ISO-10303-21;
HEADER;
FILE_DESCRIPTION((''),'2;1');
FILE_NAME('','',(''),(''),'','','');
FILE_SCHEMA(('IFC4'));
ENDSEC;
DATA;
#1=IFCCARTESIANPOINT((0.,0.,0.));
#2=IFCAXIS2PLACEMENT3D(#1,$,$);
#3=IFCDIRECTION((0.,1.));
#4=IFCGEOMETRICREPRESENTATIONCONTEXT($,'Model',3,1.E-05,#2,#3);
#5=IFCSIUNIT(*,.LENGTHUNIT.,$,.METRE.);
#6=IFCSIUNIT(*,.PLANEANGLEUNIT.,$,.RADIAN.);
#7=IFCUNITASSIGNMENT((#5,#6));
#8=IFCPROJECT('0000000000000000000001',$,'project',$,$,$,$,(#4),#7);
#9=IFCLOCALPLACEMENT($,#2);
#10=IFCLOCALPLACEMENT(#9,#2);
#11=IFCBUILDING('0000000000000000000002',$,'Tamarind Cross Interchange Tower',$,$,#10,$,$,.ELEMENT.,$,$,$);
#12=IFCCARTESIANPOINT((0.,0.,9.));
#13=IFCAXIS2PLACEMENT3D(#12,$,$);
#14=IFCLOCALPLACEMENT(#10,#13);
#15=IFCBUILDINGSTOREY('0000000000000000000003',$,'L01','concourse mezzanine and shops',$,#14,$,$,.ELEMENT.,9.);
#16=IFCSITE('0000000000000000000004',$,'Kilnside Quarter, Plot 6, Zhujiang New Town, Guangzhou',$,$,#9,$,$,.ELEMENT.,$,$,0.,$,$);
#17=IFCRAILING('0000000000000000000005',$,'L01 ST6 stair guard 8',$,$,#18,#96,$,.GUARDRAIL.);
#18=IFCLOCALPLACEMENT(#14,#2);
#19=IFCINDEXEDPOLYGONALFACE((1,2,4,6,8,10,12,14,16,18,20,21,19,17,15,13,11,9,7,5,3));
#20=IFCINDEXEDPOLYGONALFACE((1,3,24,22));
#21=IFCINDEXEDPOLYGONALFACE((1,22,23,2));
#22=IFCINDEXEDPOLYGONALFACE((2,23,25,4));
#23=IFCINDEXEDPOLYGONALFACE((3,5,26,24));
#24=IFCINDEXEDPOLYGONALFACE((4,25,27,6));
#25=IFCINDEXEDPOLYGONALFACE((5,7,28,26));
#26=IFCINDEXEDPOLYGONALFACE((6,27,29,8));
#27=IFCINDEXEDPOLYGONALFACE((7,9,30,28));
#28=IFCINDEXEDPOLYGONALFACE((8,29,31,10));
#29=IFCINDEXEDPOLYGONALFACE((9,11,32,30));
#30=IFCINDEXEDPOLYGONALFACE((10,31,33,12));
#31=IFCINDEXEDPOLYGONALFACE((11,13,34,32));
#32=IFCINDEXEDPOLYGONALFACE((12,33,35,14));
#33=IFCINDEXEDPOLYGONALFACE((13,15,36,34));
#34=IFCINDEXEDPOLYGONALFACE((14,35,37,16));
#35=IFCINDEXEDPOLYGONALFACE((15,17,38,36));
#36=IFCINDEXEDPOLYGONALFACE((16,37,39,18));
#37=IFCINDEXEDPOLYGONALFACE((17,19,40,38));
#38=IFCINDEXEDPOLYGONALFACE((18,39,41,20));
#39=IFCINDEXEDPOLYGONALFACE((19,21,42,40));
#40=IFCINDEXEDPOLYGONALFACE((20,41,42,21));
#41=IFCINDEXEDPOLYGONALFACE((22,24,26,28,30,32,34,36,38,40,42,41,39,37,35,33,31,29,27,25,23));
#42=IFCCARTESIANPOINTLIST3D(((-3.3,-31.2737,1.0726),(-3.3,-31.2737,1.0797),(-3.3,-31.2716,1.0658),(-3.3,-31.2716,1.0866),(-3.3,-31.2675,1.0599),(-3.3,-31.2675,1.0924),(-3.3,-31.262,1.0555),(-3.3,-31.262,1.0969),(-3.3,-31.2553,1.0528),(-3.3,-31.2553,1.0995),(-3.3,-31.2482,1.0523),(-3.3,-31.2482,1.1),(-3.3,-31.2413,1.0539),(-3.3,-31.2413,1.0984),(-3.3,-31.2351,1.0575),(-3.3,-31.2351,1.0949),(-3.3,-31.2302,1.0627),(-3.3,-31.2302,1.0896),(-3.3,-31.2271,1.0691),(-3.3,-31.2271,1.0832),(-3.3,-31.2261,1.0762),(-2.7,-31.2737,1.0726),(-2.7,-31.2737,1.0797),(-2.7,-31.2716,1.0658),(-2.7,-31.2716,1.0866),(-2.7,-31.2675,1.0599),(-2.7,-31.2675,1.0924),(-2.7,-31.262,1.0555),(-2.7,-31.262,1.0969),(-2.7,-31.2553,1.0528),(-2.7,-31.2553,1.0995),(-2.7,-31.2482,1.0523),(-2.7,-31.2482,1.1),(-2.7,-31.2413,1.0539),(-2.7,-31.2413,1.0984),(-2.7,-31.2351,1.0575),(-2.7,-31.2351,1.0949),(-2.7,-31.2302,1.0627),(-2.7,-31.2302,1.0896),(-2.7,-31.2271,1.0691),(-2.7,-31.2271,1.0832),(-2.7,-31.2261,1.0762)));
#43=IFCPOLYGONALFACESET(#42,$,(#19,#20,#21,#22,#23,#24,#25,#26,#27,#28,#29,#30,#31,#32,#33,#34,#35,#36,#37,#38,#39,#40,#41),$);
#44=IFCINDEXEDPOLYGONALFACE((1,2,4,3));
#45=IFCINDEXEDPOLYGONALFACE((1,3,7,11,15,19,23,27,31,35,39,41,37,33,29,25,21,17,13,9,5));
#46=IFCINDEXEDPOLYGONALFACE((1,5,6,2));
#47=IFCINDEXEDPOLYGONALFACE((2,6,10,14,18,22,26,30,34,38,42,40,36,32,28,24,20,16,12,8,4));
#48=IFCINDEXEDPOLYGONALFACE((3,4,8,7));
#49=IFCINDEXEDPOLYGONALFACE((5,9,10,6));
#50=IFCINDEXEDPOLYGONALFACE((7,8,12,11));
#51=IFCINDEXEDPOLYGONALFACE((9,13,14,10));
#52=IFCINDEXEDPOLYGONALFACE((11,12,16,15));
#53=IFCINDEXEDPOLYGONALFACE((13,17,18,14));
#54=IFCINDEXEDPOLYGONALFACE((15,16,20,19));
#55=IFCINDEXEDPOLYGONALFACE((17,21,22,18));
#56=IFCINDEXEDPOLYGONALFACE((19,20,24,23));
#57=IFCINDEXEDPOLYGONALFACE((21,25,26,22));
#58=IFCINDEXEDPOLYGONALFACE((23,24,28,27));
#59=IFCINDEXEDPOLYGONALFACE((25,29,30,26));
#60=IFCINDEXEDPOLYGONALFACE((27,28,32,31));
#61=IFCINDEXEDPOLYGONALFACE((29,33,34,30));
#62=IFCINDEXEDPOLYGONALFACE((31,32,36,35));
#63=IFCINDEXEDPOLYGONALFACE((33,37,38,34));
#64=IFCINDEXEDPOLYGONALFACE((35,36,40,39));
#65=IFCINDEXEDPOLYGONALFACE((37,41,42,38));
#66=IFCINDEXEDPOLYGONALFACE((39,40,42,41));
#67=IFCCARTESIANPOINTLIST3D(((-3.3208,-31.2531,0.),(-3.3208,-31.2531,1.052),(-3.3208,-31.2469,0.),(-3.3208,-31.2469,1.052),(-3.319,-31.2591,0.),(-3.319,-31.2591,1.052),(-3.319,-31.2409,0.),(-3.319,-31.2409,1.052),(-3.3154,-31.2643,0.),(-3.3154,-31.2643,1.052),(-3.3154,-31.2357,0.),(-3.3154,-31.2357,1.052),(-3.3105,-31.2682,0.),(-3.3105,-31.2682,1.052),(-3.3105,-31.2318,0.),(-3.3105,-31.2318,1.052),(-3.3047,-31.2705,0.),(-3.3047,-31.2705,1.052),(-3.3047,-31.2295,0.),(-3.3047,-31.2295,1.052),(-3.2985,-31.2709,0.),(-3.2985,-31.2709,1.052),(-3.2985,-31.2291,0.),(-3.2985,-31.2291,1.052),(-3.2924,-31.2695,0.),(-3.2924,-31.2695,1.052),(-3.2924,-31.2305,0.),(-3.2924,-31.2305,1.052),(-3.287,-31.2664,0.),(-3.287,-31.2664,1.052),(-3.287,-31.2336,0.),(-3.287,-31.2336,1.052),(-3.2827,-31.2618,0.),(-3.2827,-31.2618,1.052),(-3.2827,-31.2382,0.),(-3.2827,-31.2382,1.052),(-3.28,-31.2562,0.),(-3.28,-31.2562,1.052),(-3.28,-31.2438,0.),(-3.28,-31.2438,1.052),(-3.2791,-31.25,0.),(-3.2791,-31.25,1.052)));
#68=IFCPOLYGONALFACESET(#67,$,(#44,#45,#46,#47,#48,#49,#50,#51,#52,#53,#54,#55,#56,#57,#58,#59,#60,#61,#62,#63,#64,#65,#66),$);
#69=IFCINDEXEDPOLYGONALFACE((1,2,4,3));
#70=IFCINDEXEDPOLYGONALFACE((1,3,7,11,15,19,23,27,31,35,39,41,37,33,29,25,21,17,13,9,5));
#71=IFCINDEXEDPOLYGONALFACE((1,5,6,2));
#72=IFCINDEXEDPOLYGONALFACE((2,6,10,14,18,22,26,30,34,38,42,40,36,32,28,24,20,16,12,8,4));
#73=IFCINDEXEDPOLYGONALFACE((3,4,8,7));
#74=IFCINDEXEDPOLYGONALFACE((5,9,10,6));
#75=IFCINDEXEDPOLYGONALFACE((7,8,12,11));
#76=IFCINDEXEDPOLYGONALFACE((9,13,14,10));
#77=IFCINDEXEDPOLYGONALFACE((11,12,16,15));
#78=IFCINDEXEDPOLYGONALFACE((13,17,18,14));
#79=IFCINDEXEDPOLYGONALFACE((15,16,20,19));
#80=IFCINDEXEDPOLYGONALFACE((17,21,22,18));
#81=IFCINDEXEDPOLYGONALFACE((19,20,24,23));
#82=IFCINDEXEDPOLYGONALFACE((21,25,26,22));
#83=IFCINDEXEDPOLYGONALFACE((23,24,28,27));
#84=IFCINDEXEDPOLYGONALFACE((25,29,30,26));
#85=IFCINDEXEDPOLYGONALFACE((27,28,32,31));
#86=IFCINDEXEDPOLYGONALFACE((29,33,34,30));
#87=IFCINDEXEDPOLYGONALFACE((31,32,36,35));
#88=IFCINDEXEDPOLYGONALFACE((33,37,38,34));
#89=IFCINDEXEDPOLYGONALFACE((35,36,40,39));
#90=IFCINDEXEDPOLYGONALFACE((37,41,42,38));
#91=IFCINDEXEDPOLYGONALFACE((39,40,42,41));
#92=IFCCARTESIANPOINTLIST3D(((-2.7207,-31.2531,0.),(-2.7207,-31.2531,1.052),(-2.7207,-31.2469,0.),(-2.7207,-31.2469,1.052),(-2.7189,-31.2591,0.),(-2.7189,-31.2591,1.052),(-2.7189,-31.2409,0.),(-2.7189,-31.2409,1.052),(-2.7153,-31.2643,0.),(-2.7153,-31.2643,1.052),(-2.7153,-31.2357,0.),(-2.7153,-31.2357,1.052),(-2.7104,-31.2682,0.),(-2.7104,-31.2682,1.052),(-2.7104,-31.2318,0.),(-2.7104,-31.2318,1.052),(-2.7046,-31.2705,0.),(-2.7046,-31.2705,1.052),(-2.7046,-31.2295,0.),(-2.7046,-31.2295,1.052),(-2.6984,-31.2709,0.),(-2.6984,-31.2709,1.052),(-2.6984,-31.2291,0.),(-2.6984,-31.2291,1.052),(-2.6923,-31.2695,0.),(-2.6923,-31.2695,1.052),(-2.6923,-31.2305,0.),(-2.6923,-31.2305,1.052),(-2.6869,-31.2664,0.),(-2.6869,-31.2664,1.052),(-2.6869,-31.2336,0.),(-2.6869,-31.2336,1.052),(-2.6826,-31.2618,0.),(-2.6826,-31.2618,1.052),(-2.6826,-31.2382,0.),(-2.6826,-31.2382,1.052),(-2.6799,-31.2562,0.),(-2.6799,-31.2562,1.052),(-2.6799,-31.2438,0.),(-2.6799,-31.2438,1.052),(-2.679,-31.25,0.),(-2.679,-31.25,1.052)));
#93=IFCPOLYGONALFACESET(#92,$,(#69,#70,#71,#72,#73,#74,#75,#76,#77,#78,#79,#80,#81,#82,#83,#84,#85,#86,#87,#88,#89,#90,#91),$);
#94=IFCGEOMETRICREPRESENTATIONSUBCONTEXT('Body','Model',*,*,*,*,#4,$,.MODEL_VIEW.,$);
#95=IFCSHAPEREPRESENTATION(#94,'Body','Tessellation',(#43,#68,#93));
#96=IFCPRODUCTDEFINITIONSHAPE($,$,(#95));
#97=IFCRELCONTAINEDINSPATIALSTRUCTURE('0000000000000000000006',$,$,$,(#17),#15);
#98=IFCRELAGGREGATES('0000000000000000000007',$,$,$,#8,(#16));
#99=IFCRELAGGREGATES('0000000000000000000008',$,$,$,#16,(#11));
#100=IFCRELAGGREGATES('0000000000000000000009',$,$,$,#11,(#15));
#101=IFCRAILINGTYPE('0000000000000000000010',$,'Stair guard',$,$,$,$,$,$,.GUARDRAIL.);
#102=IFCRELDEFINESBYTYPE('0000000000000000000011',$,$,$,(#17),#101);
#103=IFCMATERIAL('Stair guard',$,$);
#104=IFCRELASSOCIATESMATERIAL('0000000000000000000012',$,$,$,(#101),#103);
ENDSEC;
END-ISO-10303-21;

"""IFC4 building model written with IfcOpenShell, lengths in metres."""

from ifc_helpers import new_model, si_unit, direction, frame, origin, origin_2d, place, context, subcontext, project, spatial, circle, extrude, material, type_object, element, save


model = new_model("IFC4")

# Units and contexts
model_context = context("Model", 3, precision=1e-05, world=origin(), true_north=direction((0.0, 1.0)))
body_context = subcontext(model_context, "Body", "Model", "MODEL_VIEW")
ifc_project = project(units=[si_unit("LENGTHUNIT", "METRE"), si_unit("PLANEANGLEUNIT", "RADIAN")], contexts=[model_context])

# Site, building, storey
site_placement = place(None, origin())
site = spatial("IfcSite", under=ifc_project, at=site_placement, Name="Kilnside Quarter, Plot 6, Zhujiang New Town, Guangzhou", CompositionType="ELEMENT", RefElevation=0.0)
building_placement = place(site_placement, origin())
building = spatial("IfcBuilding", under=site, at=building_placement, Name="Tamarind Cross Interchange Tower", CompositionType="ELEMENT")
storey_placement = place(building_placement, frame((0.0, 0.0, 9.0)))
storey = spatial("IfcBuildingStorey", under=building, at=storey_placement, Name="L01", Description="concourse mezzanine and shops", CompositionType="ELEMENT", Elevation=9.0)

# Railing
ifc_material_1 = material(Name="Stair guard")
railing_type_1 = type_object("IfcRailingType", Name="Stair guard", PredefinedType="GUARDRAIL", material=ifc_material_1)
railing_1_placement = place(storey_placement, frame((-3.3, -31.25, 0.0)))
element("IfcRailing", 1, at=railing_1_placement, inside=storey, type_object=railing_type_1, Name="L01 ST6 stair guard 8", PredefinedType="GUARDRAIL", context=body_context, shape_type="SweptSolid", body=[
    extrude(circle(Radius=0.0239, at=origin_2d()), frame((0.0, 0.0, 1.0762), z_axis=(1.0, 0.0, 0.0), x_axis=(0.0, 1.0, 0.0)), (0.0, 0.0, 1.0), 0.6001),
    extrude(circle(Radius=0.021, at=origin_2d()), origin(), (0.0, 0.0, 1.0), 1.052),
    extrude(circle(Radius=0.021, at=origin_2d()), frame((0.6001, 0.0, 0.0)), (0.0, 0.0, 1.0), 1.052),
])

save(model, "model.ifc")
